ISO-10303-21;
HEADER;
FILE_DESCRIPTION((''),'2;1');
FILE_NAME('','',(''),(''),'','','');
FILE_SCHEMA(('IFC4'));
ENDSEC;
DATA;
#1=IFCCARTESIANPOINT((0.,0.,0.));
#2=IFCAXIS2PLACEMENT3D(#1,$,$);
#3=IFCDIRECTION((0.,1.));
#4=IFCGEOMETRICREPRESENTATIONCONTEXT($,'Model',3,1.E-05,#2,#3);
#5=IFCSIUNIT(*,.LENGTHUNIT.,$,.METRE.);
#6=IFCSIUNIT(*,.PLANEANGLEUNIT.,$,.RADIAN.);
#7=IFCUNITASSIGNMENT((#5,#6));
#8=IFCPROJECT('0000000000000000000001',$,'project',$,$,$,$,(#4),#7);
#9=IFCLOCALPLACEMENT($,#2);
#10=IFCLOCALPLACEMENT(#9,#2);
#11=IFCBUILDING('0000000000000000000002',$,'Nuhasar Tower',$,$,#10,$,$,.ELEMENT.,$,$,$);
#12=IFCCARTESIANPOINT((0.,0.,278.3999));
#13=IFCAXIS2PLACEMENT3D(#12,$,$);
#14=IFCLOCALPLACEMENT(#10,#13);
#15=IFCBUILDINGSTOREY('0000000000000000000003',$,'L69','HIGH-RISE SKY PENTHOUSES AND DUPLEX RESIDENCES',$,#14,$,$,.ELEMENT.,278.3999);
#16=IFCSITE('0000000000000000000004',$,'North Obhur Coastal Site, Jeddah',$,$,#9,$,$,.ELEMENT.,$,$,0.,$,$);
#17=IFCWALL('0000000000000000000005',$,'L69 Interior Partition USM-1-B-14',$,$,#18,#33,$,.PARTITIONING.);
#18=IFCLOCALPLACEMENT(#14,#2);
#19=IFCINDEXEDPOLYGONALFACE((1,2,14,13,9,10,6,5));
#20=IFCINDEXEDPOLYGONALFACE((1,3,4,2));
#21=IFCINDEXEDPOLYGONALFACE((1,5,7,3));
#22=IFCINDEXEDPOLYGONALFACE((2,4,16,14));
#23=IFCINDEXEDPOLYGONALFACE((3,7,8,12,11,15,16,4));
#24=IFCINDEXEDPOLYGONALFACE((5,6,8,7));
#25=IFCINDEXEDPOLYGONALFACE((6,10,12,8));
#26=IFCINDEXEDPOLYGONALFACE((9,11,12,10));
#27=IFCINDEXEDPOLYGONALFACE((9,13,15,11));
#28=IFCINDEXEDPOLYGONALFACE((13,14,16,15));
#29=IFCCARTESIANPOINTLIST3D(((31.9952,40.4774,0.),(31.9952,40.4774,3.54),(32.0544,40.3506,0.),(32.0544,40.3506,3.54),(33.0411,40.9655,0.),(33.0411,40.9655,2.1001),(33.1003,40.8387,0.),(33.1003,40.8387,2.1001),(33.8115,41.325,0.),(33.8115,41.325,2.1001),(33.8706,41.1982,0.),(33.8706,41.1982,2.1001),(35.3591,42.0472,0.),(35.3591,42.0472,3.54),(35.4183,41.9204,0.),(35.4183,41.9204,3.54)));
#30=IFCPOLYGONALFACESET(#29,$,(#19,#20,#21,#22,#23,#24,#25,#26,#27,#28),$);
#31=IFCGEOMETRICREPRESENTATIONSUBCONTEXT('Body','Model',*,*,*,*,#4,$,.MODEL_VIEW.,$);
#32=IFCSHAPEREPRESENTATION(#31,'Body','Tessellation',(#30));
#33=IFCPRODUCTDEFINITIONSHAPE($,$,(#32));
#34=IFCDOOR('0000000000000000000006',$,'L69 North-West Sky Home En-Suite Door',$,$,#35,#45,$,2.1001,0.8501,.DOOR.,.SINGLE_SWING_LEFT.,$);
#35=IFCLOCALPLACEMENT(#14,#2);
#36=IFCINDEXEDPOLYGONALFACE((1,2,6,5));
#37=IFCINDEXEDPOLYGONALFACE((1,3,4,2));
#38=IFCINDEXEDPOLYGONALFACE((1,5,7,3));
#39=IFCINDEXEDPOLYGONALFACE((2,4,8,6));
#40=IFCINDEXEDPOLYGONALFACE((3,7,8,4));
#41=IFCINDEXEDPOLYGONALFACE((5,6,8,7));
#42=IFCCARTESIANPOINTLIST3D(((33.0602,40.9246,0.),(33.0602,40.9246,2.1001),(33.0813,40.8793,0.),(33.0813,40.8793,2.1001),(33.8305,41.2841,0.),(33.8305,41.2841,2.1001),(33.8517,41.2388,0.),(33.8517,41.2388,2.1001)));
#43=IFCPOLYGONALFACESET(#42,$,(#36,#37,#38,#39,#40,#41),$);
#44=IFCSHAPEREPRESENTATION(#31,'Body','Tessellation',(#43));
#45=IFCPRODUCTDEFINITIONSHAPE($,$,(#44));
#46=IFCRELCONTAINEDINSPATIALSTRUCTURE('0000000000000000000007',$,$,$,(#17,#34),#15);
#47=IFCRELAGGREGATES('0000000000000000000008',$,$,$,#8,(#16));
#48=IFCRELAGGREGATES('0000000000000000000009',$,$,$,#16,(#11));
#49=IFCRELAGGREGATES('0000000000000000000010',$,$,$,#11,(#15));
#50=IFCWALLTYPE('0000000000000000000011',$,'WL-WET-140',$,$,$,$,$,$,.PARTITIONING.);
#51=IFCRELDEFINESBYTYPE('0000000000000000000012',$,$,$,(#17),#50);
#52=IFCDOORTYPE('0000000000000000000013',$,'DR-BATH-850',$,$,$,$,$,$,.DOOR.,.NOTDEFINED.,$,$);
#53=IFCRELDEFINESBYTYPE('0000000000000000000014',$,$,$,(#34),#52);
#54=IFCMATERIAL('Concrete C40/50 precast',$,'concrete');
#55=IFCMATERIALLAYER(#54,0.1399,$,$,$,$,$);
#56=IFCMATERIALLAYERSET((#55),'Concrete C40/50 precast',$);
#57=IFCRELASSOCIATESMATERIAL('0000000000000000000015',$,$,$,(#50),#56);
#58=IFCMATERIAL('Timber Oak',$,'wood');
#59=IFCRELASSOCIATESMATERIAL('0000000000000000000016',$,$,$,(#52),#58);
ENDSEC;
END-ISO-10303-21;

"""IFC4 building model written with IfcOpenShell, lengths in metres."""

from ifc_helpers import new_model, si_unit, direction, frame, frame_2d, origin, place, context, subcontext, project, spatial, rectangle, extrude, material, layer, layer_set, type_object, element, fill, save


model = new_model("IFC4")

# Units and contexts
model_context = context("Model", 3, precision=1e-05, world=origin(), true_north=direction((0.0, 1.0)))
body_context = subcontext(model_context, "Body", "Model", "MODEL_VIEW")
ifc_project = project(units=[si_unit("LENGTHUNIT", "METRE"), si_unit("PLANEANGLEUNIT", "RADIAN")], contexts=[model_context])

# Site, building, storey
site_placement = place(None, origin())
site = spatial("IfcSite", under=ifc_project, at=site_placement, Name="North Obhur Coastal Site, Jeddah", CompositionType="ELEMENT", RefElevation=0.0)
building_placement = place(site_placement, origin())
building = spatial("IfcBuilding", under=site, at=building_placement, Name="Nuhasar Tower", CompositionType="ELEMENT")
storey_placement = place(building_placement, frame((0.0, 0.0, 278.3999)))
storey = spatial("IfcBuildingStorey", under=building, at=storey_placement, Name="L69", Description="HIGH-RISE SKY PENTHOUSES AND DUPLEX RESIDENCES", CompositionType="ELEMENT", Elevation=278.3999)

# Shared definitions
ifc_material_1 = material(Name="Concrete C40/50 precast", Category="concrete")
ifc_layer_1 = layer(ifc_material_1, 0.1399)
ifc_layer_set_1 = layer_set([ifc_layer_1], Name="Concrete C40/50 precast")
wall_type_1 = type_object("IfcWallType", Name="WL-WET-140", PredefinedType="PARTITIONING", material=ifc_layer_set_1)

# Wall, opening, door
wall_1_placement = place(storey_placement, frame((32.0249, 40.4141, 0.0), z_axis=(0.0, 0.0, 1.0), x_axis=(0.906188, 0.422875, 0.0)))
wall_1 = element("IfcWall", 1, at=wall_1_placement, inside=storey, type_object=wall_type_1, Name="L69 Interior Partition USM-1-B-14", PredefinedType="PARTITIONING", context=body_context, shape_type="SweptSolid", body=[
    extrude(rectangle(XDim=3.7122, YDim=0.1399, at=frame_2d((1.856, 0.0))), origin(), (0.0, 0.0, 1.0), 3.54),
])
opening_1_placement = place(wall_1_placement, frame((1.1541, 0.0, 0.0)))
opening_1 = element("IfcOpeningElement", 2, at=opening_1_placement, cuts=wall_1, PredefinedType="OPENING", context=body_context, shape_type="SweptSolid", body=[
    extrude(rectangle(XDim=0.8501, YDim=2.1001, at=frame_2d((0.425, 1.05))), frame((0.0, 0.0801, 0.0), z_axis=(0.0, -1.0, 0.0), x_axis=(1.0, 0.0, 0.0)), (0.0, 0.0, 1.0), 0.1599),
])
ifc_material_2 = material(Name="Timber Oak", Category="wood")
door_type_1 = type_object("IfcDoorType", Name="DR-BATH-850", OperationType="NOTDEFINED", PredefinedType="DOOR", material=ifc_material_2)
door_1_placement = place(opening_1_placement, origin())
door_1 = element("IfcDoor", 3, at=door_1_placement, inside=storey, type_object=door_type_1, Name="L69 North-West Sky Home En-Suite Door", OperationType="SINGLE_SWING_LEFT", OverallHeight=2.1001, OverallWidth=0.8501, PredefinedType="DOOR", context=body_context, shape_type="SweptSolid", body=[
    extrude(rectangle(XDim=0.8501, YDim=2.1001, at=frame_2d((0.425, 1.05))), frame((0.0, 0.0249, 0.0), z_axis=(0.0, -1.0, 0.0), x_axis=(1.0, 0.0, 0.0)), (0.0, 0.0, 1.0), 0.05),
])
fill(opening_1, door_1)

save(model, "model.ifc")
